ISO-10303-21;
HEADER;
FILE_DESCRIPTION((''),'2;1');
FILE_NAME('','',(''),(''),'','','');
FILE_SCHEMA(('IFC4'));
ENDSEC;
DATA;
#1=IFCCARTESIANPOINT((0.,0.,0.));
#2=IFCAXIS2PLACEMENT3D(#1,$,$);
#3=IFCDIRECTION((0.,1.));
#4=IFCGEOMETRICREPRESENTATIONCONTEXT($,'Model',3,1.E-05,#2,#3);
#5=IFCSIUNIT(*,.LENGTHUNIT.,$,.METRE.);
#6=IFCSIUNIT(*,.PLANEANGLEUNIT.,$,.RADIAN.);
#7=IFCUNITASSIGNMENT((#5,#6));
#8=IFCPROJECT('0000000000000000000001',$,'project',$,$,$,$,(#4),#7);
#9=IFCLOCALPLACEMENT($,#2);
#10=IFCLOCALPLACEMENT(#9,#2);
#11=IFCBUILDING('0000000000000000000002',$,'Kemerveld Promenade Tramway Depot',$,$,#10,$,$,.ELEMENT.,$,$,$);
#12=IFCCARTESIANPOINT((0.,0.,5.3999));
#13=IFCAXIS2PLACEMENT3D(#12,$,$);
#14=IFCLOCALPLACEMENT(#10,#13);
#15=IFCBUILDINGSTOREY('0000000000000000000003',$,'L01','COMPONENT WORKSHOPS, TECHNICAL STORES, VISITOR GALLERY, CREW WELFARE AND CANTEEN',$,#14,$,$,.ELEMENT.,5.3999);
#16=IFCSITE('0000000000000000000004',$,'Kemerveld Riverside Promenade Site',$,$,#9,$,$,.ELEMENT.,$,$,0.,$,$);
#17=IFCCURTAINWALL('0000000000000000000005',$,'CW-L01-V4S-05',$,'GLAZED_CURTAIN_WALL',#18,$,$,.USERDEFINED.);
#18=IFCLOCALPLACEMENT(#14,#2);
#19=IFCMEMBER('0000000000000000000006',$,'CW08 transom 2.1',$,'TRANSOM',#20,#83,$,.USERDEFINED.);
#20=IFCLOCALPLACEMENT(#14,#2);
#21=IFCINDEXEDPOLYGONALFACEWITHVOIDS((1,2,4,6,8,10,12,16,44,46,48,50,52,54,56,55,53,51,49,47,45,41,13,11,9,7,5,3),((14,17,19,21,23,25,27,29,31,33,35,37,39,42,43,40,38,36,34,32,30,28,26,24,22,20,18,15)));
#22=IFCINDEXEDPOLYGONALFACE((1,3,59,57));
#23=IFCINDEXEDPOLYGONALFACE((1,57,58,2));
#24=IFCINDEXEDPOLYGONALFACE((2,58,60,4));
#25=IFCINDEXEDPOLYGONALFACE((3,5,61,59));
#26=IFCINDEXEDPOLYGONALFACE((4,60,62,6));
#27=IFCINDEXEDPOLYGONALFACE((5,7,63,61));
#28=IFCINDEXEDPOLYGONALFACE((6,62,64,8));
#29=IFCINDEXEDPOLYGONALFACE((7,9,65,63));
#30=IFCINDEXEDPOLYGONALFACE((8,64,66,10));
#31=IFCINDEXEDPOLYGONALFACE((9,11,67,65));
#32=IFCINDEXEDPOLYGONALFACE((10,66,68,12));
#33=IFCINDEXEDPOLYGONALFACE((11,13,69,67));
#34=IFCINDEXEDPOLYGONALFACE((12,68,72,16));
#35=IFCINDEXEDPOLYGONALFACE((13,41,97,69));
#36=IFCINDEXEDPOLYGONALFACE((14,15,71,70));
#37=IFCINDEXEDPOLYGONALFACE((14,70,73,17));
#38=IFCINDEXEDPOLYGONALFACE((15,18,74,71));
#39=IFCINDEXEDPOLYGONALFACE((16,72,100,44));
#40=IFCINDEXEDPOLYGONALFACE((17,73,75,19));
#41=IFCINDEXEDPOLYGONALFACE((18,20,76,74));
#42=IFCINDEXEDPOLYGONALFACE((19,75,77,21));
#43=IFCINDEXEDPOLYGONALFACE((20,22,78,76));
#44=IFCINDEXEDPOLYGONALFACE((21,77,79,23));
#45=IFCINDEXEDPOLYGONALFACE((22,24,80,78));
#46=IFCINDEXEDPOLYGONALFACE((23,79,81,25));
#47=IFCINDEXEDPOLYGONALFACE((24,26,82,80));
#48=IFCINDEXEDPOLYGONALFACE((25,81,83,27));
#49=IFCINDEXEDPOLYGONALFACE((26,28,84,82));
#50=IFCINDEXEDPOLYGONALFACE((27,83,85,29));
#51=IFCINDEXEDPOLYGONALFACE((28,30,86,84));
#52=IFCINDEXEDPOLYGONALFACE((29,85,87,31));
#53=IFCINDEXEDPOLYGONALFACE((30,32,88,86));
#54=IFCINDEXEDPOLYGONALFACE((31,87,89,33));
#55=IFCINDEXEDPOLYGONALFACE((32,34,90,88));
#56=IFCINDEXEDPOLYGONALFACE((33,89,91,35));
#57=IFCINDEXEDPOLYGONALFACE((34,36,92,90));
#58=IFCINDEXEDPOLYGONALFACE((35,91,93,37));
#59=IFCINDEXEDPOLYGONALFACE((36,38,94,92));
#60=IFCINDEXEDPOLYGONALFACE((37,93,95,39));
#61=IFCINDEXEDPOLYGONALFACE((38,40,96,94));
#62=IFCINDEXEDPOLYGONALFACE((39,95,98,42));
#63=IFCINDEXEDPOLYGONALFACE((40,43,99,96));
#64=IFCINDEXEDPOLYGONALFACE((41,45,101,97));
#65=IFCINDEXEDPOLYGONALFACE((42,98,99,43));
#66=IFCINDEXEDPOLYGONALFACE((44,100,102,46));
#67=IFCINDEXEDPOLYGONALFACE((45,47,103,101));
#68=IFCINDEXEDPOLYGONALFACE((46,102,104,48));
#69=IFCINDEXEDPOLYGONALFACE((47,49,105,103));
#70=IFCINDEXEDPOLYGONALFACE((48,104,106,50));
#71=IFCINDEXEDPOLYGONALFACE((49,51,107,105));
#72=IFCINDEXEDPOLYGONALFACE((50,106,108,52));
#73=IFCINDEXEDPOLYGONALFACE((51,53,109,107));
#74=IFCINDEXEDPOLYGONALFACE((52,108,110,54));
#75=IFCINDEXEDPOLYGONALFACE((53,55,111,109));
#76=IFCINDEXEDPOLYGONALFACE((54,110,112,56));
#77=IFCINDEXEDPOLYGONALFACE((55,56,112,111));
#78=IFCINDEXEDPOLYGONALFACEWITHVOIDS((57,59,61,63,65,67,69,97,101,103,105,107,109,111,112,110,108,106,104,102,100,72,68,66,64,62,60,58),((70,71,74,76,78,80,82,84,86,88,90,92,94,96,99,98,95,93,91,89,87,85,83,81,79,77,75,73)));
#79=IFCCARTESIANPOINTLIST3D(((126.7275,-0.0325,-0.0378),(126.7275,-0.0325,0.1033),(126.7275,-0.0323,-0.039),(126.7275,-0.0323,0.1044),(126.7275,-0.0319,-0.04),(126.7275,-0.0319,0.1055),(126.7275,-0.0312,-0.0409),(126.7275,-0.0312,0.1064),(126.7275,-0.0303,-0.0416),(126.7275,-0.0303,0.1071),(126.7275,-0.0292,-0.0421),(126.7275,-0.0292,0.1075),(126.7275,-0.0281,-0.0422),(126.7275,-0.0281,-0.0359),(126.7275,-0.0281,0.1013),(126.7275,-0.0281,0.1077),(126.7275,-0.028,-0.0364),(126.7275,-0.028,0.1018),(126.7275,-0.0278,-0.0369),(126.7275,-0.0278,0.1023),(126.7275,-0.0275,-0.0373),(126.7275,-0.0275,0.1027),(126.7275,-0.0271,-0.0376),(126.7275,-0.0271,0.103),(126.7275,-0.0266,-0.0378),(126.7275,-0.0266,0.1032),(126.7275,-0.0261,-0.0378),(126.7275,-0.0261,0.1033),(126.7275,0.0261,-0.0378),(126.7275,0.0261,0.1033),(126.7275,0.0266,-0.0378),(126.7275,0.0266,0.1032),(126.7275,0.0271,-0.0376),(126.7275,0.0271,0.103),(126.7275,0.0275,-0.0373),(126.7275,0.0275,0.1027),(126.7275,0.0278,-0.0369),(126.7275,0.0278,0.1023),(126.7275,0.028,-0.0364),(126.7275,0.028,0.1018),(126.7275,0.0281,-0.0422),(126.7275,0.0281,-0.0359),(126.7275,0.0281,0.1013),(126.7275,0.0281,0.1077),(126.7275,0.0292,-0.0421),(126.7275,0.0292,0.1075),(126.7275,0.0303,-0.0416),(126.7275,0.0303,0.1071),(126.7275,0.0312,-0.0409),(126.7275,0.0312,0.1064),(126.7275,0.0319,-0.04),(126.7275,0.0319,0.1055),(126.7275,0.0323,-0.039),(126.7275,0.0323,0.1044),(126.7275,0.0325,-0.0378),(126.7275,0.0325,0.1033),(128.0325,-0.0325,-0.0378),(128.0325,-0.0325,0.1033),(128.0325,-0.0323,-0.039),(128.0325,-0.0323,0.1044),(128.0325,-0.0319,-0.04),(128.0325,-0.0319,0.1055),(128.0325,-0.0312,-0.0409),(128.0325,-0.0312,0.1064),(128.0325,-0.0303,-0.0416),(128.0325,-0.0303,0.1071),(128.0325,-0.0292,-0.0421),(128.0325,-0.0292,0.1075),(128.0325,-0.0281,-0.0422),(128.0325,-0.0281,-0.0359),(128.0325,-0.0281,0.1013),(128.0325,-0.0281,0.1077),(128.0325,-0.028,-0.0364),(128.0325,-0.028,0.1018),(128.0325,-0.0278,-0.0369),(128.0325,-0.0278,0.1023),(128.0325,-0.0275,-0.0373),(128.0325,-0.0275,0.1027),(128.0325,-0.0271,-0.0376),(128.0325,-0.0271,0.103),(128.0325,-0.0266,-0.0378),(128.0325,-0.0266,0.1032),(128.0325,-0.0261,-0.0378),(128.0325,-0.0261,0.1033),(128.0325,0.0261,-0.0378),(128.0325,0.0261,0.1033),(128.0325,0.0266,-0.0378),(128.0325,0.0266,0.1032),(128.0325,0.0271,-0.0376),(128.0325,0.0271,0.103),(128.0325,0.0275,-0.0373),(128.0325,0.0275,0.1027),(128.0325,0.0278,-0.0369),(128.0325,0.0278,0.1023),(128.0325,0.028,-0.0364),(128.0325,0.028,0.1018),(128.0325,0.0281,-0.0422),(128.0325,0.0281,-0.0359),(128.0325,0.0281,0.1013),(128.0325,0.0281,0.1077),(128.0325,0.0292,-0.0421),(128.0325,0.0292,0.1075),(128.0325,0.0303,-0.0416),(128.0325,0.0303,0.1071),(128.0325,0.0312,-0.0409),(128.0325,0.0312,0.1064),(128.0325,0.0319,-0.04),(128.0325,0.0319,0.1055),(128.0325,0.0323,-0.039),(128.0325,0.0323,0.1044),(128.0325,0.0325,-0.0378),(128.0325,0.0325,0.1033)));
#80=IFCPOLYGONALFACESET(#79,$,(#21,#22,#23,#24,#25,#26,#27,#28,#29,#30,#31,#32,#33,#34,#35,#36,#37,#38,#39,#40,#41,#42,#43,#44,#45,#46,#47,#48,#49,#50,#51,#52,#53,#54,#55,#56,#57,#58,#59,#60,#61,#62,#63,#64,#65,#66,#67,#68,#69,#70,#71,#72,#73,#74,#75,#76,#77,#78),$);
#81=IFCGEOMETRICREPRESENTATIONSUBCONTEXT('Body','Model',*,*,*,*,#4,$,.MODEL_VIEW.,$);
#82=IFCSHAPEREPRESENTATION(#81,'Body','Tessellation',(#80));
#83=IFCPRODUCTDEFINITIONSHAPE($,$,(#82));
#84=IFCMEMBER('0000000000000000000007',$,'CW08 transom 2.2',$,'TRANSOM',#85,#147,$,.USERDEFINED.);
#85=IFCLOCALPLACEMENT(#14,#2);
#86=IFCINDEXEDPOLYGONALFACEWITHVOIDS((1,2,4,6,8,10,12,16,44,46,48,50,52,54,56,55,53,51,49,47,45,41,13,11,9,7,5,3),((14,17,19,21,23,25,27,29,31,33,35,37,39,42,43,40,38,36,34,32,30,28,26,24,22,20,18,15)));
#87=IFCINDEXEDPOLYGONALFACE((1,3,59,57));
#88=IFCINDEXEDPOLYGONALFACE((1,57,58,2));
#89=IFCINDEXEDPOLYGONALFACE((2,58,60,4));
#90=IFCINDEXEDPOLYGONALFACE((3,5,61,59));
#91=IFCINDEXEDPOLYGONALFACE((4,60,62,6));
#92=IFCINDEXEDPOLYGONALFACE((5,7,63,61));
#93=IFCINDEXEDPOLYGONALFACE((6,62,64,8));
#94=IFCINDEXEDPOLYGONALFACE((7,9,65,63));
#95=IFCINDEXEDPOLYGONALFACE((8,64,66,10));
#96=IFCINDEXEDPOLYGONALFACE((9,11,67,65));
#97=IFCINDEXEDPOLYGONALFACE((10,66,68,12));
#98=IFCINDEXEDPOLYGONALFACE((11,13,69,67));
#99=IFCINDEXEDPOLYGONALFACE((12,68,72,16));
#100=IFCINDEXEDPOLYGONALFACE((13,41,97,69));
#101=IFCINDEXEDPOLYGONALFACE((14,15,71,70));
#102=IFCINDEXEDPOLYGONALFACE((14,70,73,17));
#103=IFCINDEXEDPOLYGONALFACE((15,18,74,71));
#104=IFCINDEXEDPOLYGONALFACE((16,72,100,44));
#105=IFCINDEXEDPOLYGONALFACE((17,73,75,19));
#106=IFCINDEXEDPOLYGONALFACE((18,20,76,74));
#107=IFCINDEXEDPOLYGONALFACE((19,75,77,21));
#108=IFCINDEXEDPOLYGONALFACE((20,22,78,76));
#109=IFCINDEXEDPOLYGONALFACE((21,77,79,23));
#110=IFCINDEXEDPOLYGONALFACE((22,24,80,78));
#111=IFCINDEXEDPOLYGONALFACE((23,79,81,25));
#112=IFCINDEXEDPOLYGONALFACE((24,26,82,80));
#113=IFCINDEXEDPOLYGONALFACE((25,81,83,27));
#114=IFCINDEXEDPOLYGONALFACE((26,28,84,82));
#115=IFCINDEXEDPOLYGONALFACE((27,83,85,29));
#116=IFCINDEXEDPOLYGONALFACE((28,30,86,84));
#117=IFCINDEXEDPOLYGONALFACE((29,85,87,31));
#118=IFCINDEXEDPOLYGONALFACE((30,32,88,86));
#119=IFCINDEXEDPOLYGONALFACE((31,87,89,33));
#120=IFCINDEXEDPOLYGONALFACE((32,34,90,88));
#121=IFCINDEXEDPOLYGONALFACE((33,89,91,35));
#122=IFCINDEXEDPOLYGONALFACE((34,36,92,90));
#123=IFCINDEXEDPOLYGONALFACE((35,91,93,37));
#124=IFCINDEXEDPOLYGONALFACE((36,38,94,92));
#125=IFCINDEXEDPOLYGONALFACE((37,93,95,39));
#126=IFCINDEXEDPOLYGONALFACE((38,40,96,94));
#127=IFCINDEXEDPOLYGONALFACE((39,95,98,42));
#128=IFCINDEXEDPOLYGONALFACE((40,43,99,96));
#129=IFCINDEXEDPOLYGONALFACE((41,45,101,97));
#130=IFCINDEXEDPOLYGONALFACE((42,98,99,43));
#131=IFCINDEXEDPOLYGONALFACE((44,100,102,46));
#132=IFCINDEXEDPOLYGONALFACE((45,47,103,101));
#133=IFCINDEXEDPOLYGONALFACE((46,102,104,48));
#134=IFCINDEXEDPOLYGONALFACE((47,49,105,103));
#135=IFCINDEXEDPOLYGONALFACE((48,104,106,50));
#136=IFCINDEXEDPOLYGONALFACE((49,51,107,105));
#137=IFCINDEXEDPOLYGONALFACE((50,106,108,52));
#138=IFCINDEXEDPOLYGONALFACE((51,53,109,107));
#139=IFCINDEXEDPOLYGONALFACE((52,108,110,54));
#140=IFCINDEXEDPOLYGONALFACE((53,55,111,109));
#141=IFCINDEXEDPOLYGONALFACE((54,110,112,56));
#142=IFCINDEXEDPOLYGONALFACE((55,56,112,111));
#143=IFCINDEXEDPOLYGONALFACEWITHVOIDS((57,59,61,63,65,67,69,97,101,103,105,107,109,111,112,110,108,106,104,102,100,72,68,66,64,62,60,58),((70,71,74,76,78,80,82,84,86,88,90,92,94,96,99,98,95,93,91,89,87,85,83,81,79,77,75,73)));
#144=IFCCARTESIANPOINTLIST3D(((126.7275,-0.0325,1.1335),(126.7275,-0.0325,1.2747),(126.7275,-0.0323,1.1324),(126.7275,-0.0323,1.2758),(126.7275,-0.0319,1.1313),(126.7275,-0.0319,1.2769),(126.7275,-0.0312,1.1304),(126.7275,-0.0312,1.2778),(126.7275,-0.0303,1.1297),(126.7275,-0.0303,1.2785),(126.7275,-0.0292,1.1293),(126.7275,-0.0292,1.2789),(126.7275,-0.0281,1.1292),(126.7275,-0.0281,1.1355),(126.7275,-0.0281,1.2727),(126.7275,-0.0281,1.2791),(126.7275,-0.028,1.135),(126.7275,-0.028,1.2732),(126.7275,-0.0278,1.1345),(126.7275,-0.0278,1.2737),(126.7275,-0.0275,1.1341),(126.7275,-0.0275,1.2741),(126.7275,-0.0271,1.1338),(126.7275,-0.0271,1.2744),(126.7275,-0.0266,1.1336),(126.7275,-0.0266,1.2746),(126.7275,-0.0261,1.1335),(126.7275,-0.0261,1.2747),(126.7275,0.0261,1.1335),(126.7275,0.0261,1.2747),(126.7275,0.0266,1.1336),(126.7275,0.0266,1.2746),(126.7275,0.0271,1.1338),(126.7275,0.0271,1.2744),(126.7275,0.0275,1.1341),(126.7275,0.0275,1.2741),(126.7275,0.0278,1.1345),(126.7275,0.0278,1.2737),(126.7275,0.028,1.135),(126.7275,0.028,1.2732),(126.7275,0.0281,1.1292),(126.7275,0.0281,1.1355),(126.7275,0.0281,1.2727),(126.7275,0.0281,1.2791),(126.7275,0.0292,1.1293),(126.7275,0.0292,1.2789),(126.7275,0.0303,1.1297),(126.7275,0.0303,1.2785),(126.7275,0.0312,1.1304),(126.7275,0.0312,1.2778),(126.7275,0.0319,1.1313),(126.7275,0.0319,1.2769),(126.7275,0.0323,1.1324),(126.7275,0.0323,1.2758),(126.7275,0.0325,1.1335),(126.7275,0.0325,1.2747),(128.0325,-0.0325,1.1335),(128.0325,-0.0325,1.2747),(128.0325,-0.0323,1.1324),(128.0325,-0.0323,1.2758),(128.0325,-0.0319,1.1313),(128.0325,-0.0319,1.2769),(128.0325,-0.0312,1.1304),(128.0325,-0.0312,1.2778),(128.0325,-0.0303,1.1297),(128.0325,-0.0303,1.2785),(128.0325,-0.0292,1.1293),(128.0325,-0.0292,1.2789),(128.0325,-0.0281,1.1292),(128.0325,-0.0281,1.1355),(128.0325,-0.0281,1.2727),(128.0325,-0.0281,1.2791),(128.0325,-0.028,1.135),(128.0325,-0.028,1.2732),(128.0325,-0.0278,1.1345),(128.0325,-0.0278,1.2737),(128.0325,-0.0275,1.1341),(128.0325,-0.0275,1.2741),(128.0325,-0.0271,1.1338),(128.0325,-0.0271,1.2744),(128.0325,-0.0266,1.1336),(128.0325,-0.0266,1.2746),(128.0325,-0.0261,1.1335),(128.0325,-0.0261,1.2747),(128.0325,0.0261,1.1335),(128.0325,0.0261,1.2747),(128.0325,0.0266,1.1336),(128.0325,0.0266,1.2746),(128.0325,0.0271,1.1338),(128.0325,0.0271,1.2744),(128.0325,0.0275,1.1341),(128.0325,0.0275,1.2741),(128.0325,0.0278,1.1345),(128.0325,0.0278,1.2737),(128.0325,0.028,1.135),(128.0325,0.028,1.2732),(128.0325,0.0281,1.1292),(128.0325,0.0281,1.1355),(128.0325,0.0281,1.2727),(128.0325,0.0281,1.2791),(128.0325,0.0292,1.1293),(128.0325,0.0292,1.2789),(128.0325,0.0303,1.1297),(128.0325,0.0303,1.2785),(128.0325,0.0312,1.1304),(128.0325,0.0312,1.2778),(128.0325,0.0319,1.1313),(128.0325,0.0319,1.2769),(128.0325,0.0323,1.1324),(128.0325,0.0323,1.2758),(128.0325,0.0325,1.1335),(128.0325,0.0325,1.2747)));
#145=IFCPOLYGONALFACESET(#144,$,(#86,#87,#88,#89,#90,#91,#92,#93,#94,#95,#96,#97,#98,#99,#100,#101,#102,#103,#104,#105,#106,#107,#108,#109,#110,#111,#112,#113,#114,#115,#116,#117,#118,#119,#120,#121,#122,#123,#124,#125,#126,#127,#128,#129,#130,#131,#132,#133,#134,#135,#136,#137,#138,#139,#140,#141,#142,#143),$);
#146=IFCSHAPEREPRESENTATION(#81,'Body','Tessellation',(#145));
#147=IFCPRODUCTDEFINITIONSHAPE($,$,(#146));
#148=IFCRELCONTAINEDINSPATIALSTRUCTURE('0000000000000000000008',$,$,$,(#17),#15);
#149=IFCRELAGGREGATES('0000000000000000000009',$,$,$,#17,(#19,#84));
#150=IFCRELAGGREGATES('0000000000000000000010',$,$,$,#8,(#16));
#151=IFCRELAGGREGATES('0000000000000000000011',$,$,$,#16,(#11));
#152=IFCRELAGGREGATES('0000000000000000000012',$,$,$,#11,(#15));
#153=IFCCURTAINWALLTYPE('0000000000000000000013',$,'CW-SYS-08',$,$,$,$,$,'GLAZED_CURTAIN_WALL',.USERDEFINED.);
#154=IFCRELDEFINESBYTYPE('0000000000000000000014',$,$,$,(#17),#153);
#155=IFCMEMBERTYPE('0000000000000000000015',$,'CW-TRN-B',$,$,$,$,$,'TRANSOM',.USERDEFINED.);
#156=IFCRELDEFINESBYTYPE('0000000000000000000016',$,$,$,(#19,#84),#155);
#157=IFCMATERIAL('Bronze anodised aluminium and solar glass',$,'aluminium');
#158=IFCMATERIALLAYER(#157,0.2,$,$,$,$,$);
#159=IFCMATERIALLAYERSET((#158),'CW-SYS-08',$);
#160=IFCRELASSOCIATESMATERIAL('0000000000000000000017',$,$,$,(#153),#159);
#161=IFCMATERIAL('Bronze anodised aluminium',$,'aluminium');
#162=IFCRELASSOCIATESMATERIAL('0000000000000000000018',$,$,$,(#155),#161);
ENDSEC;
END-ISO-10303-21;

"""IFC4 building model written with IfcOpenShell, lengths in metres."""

from ifc_helpers import new_model, si_unit, direction, frame, origin, origin_2d, place, context, subcontext, project, spatial, hollow_rectangle, extrude, material, layer, layer_set, material_profile, profile_set, type_object, element, aggregate, save


model = new_model("IFC4")

# Units and contexts
model_context = context("Model", 3, precision=1e-05, world=origin(), true_north=direction((0.0, 1.0)))
body_context = subcontext(model_context, "Body", "Model", "MODEL_VIEW")
ifc_project = project(units=[si_unit("LENGTHUNIT", "METRE"), si_unit("PLANEANGLEUNIT", "RADIAN")], contexts=[model_context])

# Site, building, storey
site_placement = place(None, origin())
site = spatial("IfcSite", under=ifc_project, at=site_placement, Name="Kemerveld Riverside Promenade Site", CompositionType="ELEMENT", RefElevation=0.0)
building_placement = place(site_placement, origin())
building = spatial("IfcBuilding", under=site, at=building_placement, Name="Kemerveld Promenade Tramway Depot", CompositionType="ELEMENT")
storey_placement = place(building_placement, frame((0.0, 0.0, 5.3999)))
storey = spatial("IfcBuildingStorey", under=building, at=storey_placement, Name="L01", Description="COMPONENT WORKSHOPS, TECHNICAL STORES, VISITOR GALLERY, CREW WELFARE AND CANTEEN", CompositionType="ELEMENT", Elevation=5.3999)

# Curtain wall, members
ifc_material_1 = material(Name="Bronze anodised aluminium and solar glass", Category="aluminium")
ifc_layer_1 = layer(ifc_material_1, 0.2)
ifc_layer_set_1 = layer_set([ifc_layer_1], Name="CW-SYS-08")
curtain_wall_type = type_object("IfcCurtainWallType", Name="CW-SYS-08", ElementType="GLAZED_CURTAIN_WALL", PredefinedType="USERDEFINED", material=ifc_layer_set_1)
curtain_wall_placement = place(storey_placement, origin())
curtain_wall = element("IfcCurtainWall", 1, at=curtain_wall_placement, inside=storey, type_object=curtain_wall_type, Name="CW-L01-V4S-05", ObjectType="GLAZED_CURTAIN_WALL", PredefinedType="USERDEFINED")
ifc_material_2 = material(Name="Bronze anodised aluminium", Category="aluminium")
ifc_material_profile_1 = material_profile(ifc_material_2, hollow_rectangle(XDim=0.0649, YDim=0.1499, WallThickness=0.0044, InnerFilletRadius=0.002, OuterFilletRadius=0.0044, at=origin_2d()), Name="CW-TRN-150x65")
ifc_profile_set_1 = profile_set([ifc_material_profile_1], Name="Bronze anodised aluminium")
member_type_1 = type_object("IfcMemberType", Name="CW-TRN-B", ElementType="TRANSOM", PredefinedType="USERDEFINED", material=ifc_profile_set_1)
member_1_placement = place(storey_placement, frame((128.0325, 0.0, 0.0327), z_axis=(-1.0, 0.0, 0.0), x_axis=(0.0, -1.0, 0.0)))
member_1 = element("IfcMember", 2, at=member_1_placement, type_object=member_type_1, Name="CW08 transom 2.1", ObjectType="TRANSOM", PredefinedType="USERDEFINED", context=body_context, shape_type="SweptSolid", body=[
    extrude(hollow_rectangle(XDim=0.0649, YDim=0.1499, WallThickness=0.0044, InnerFilletRadius=0.002, OuterFilletRadius=0.0044, at=origin_2d()), origin(), (0.0, 0.0, 1.0), 1.3049),
])
member_2_placement = place(storey_placement, frame((128.0325, 0.0, 1.2041), z_axis=(-1.0, 0.0, 0.0), x_axis=(0.0, -1.0, 0.0)))
member_2 = element("IfcMember", 3, at=member_2_placement, type_object=member_type_1, Name="CW08 transom 2.2", ObjectType="TRANSOM", PredefinedType="USERDEFINED", context=body_context, shape_type="SweptSolid", body=[
    extrude(hollow_rectangle(XDim=0.0649, YDim=0.1499, WallThickness=0.0044, InnerFilletRadius=0.002, OuterFilletRadius=0.0044, at=origin_2d()), origin(), (0.0, 0.0, 1.0), 1.3049),
])
aggregate(curtain_wall, [member_1, member_2])

save(model, "model.ifc")
